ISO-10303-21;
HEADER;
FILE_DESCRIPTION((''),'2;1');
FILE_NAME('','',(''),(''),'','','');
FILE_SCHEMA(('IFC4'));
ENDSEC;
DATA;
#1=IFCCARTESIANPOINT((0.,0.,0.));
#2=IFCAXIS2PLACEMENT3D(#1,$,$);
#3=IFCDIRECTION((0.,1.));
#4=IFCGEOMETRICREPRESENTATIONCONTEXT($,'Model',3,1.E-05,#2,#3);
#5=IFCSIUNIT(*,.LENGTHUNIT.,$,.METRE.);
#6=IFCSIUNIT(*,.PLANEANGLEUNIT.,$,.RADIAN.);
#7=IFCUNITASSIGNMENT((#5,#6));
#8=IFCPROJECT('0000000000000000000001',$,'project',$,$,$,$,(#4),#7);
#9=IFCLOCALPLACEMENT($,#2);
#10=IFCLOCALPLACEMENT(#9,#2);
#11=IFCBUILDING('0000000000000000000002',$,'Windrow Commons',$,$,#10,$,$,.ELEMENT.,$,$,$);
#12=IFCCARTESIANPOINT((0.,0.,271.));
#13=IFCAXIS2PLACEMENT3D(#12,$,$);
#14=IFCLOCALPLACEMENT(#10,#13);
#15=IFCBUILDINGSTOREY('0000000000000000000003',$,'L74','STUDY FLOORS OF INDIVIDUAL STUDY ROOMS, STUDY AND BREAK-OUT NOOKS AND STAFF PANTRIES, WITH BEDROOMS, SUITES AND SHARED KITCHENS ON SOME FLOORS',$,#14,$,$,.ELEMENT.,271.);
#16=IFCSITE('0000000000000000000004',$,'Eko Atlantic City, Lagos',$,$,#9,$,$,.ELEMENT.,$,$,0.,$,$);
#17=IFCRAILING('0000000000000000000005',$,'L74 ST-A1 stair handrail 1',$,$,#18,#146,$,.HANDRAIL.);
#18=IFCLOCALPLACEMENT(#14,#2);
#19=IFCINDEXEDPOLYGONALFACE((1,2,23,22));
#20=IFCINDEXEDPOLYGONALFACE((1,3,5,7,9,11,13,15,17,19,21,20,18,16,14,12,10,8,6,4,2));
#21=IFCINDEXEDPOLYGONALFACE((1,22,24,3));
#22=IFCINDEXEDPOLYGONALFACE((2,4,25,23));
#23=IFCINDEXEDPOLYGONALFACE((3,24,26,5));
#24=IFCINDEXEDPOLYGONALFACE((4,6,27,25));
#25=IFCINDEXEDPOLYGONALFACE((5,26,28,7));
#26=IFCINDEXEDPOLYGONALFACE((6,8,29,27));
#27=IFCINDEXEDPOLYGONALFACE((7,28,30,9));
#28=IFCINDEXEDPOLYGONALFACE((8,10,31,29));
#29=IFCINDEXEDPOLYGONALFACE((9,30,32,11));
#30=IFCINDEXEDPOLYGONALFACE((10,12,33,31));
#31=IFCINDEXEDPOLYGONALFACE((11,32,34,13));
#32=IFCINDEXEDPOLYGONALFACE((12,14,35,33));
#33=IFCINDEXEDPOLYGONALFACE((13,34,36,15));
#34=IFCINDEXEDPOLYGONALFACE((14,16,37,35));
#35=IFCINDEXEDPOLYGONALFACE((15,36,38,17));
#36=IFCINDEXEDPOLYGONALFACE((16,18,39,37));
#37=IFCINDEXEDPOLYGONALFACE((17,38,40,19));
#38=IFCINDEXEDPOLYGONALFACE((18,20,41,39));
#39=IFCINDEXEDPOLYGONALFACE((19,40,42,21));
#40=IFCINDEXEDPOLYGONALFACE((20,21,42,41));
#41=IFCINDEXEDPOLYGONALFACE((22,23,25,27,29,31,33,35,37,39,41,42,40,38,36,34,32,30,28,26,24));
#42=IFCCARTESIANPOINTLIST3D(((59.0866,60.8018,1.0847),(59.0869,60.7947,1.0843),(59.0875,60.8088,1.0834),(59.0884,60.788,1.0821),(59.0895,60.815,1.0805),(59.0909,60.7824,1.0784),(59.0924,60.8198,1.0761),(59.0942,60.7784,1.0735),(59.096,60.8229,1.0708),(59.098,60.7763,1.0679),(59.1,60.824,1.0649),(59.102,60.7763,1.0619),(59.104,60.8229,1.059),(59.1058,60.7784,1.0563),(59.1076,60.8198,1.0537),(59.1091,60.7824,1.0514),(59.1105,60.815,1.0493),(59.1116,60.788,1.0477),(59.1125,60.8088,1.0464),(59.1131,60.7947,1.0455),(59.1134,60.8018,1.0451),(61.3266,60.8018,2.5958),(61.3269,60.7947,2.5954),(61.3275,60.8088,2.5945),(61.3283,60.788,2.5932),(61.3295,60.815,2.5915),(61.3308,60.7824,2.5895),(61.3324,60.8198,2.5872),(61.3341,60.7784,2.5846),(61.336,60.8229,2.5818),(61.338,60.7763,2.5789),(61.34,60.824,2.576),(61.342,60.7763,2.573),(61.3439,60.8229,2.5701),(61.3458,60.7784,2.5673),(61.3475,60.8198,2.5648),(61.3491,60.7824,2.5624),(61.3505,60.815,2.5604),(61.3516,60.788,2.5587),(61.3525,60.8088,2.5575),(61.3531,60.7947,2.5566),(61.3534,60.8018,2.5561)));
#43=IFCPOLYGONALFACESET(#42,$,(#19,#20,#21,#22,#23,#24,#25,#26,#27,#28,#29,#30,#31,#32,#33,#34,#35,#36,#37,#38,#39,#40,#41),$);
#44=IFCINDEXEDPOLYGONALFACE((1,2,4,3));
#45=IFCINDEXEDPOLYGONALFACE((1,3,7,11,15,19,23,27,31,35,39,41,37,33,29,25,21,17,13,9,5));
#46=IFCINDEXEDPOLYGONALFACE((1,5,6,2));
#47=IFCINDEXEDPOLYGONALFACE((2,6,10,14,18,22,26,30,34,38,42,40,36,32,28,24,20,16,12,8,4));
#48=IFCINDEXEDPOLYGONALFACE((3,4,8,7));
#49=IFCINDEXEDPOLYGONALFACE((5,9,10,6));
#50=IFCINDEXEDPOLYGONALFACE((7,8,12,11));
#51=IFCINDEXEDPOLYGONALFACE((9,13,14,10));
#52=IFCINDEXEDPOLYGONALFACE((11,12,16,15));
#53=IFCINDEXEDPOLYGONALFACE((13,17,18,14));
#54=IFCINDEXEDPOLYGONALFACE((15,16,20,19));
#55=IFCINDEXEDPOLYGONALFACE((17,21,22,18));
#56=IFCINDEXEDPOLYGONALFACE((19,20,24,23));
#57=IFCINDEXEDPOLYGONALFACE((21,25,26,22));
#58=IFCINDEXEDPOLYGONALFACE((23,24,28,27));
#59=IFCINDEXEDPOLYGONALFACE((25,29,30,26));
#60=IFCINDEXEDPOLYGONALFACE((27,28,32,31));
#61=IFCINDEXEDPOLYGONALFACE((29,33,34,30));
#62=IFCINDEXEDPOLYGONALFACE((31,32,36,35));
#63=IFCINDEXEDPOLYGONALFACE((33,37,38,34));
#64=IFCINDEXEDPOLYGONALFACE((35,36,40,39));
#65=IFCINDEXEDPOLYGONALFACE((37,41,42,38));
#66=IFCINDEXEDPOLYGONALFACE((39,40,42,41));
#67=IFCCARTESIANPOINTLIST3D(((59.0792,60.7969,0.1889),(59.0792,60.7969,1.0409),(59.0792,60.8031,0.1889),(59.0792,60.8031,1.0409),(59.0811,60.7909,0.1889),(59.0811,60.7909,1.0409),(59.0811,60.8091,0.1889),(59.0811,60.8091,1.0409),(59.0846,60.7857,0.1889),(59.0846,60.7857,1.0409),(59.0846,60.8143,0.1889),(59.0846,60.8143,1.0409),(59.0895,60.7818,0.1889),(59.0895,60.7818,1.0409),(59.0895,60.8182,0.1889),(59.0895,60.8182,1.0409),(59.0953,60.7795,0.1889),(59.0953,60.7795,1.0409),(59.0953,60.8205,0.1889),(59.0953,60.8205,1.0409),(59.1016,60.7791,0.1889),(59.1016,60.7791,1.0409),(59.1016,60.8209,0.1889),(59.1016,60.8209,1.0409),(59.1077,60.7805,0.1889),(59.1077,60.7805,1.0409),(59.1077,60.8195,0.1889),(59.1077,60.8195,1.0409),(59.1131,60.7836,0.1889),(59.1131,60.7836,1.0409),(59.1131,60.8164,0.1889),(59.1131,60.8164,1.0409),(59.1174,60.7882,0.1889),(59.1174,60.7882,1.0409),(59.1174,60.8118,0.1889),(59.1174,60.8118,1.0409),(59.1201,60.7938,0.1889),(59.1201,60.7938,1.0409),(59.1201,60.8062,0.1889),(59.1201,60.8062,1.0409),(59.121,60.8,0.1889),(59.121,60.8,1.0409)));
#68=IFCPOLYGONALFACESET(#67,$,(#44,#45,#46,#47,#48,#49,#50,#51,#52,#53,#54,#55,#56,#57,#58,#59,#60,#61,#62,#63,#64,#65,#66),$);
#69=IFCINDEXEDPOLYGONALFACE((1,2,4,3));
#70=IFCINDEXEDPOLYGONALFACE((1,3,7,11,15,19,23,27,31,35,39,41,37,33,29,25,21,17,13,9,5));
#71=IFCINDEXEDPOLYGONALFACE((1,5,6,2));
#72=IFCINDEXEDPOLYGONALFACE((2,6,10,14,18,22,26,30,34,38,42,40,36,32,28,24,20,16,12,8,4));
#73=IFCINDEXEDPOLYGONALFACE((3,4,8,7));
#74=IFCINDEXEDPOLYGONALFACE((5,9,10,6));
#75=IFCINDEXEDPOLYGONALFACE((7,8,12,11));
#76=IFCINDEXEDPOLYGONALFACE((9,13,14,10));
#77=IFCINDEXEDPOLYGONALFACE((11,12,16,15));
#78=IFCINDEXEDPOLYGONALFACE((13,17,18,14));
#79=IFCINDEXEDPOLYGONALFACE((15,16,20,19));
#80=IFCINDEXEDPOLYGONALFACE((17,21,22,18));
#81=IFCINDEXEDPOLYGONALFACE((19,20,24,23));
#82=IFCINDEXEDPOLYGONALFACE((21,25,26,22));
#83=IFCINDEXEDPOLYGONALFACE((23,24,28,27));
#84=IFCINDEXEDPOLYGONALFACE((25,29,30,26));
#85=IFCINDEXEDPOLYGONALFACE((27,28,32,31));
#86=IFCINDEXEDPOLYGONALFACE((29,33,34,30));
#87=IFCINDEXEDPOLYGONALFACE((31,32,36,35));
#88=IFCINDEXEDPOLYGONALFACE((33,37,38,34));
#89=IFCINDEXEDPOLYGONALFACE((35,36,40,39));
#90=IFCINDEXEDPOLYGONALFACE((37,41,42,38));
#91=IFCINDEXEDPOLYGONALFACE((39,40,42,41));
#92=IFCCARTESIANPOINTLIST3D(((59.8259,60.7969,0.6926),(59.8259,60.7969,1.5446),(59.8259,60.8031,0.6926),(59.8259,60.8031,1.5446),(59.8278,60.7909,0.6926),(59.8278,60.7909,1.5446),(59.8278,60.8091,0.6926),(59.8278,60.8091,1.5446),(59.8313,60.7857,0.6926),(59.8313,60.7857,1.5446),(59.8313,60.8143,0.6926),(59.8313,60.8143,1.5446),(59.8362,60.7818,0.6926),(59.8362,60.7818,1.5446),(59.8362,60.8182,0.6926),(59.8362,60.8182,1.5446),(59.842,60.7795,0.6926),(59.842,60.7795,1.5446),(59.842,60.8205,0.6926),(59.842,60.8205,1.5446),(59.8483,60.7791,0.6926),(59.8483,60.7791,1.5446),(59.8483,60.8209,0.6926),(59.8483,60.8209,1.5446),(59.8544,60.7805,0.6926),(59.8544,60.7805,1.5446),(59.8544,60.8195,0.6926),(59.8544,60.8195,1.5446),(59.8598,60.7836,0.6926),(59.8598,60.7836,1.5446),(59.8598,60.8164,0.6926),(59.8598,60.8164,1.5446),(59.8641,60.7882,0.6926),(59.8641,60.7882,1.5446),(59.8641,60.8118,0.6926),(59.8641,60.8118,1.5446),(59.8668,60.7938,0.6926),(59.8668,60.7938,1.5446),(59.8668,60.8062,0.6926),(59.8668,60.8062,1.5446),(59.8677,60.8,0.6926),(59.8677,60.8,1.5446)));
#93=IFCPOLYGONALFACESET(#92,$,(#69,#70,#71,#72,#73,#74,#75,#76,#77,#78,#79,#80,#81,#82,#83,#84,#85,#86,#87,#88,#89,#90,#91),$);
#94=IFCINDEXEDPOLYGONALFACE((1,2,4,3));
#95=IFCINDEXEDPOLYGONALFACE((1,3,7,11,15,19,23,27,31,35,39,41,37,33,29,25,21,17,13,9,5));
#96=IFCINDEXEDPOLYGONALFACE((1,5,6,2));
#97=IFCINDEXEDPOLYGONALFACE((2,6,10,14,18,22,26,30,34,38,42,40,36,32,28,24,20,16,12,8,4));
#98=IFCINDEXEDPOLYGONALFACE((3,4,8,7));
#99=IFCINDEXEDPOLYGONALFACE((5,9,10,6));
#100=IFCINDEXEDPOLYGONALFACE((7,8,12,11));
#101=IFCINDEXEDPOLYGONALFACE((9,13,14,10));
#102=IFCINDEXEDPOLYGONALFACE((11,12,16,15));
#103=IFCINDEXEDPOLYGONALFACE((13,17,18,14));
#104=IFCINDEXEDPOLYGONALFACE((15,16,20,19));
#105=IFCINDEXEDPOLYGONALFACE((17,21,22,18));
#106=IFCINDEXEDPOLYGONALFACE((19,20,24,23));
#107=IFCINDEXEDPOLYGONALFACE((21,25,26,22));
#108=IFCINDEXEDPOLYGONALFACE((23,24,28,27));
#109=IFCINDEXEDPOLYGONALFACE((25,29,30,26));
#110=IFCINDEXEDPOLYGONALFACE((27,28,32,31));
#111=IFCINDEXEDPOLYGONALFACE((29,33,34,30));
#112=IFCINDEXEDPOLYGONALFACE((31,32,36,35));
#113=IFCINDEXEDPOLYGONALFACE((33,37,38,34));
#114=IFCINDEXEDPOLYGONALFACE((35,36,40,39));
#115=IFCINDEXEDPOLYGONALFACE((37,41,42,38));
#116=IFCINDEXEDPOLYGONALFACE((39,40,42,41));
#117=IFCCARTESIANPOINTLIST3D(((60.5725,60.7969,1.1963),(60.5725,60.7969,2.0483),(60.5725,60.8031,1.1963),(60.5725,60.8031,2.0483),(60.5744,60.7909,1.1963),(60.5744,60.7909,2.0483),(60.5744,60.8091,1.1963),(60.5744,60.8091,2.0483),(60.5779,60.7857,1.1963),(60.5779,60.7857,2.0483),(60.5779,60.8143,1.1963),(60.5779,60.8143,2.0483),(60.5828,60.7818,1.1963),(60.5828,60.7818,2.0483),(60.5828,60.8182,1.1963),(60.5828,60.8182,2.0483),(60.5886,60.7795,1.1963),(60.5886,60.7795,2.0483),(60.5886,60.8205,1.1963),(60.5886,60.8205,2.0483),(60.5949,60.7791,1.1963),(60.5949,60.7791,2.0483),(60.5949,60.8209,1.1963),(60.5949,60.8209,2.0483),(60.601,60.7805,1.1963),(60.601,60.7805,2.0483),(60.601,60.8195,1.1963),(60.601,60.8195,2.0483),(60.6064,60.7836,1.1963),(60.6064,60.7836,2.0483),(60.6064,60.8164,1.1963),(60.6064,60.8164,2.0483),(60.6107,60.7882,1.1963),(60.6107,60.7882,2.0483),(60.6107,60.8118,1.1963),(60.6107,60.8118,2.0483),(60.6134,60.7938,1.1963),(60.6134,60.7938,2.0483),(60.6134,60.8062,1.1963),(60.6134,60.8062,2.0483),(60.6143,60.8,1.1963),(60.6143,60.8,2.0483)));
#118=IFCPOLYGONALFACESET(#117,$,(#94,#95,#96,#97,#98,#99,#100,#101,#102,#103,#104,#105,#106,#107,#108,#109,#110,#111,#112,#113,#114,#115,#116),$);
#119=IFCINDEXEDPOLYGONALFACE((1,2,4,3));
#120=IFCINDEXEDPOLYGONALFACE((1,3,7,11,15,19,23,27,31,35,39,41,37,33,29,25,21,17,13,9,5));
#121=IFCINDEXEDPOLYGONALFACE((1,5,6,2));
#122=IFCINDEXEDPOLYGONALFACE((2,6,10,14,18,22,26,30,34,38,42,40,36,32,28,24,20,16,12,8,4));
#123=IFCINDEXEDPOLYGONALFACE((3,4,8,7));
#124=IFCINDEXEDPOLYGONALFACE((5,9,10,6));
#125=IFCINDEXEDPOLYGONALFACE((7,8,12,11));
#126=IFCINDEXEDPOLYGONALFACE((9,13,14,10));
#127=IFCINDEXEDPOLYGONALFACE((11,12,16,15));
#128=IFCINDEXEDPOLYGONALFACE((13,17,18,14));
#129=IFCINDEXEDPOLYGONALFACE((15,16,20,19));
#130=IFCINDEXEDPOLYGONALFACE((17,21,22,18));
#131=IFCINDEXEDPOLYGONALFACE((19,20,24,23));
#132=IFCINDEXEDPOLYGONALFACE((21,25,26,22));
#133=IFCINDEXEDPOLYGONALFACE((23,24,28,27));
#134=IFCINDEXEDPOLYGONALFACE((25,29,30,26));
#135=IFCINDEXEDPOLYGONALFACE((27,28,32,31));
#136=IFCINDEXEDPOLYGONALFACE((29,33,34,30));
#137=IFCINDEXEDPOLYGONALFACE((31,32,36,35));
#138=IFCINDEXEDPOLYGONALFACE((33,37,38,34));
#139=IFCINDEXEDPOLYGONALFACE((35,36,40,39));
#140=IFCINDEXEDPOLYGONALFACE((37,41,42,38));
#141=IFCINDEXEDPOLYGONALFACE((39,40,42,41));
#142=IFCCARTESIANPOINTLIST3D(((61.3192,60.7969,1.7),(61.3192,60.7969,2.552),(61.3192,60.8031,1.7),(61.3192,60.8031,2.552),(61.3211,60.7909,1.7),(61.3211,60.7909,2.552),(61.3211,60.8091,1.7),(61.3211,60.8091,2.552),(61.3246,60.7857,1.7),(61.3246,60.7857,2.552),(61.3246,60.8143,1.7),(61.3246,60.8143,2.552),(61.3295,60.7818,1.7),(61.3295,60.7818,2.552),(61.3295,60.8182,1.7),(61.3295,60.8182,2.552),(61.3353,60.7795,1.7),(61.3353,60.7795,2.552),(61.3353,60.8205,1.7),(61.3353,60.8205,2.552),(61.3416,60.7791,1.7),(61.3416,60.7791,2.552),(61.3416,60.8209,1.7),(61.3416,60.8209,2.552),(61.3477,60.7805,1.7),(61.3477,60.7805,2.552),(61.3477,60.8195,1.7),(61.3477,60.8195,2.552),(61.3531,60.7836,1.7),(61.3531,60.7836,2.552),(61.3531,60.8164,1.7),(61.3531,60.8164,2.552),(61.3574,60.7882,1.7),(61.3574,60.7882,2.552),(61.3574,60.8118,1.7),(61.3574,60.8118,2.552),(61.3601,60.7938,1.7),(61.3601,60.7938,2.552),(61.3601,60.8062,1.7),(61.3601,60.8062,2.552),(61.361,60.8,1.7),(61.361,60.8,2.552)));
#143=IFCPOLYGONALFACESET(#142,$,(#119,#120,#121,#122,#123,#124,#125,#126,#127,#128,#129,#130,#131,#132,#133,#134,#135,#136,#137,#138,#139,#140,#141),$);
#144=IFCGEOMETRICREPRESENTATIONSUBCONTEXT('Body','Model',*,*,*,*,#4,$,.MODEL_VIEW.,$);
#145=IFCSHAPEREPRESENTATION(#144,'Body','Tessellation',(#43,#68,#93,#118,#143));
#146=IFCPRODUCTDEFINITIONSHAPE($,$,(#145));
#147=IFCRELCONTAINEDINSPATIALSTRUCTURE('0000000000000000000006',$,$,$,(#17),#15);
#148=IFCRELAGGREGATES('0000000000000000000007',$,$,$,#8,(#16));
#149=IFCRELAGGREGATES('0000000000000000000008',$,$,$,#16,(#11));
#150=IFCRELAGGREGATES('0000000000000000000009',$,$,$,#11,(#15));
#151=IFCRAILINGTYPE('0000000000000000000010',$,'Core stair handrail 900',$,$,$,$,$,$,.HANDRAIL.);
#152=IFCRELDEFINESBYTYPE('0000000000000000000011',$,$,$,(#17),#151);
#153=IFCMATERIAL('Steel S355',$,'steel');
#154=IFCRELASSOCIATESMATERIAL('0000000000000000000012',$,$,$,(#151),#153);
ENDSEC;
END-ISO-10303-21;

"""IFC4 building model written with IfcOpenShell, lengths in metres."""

from ifc_helpers import new_model, si_unit, direction, frame, origin, origin_2d, place, context, subcontext, project, spatial, circle, extrude, material, type_object, element, save


model = new_model("IFC4")

# Units and contexts
model_context = context("Model", 3, precision=1e-05, world=origin(), true_north=direction((0.0, 1.0)))
body_context = subcontext(model_context, "Body", "Model", "MODEL_VIEW")
ifc_project = project(units=[si_unit("LENGTHUNIT", "METRE"), si_unit("PLANEANGLEUNIT", "RADIAN")], contexts=[model_context])

# Site, building, storey
site_placement = place(None, origin())
site = spatial("IfcSite", under=ifc_project, at=site_placement, Name="Eko Atlantic City, Lagos", CompositionType="ELEMENT", RefElevation=0.0)
building_placement = place(site_placement, origin())
building = spatial("IfcBuilding", under=site, at=building_placement, Name="Windrow Commons", CompositionType="ELEMENT")
storey_placement = place(building_placement, frame((0.0, 0.0, 271.0)))
storey = spatial("IfcBuildingStorey", under=building, at=storey_placement, Name="L74", Description="STUDY FLOORS OF INDIVIDUAL STUDY ROOMS, STUDY AND BREAK-OUT NOOKS AND STAFF PANTRIES, WITH BEDROOMS, SUITES AND SHARED KITCHENS ON SOME FLOORS", CompositionType="ELEMENT", Elevation=271.0)

# Railing
ifc_material_1 = material(Name="Steel S355", Category="steel")
railing_type = type_object("IfcRailingType", Name="Core stair handrail 900", PredefinedType="HANDRAIL", material=ifc_material_1)
railing_placement = place(storey_placement, frame((59.1, 60.8, 0.1889)))
element("IfcRailing", 1, at=railing_placement, inside=storey, type_object=railing_type, Name="L74 ST-A1 stair handrail 1", PredefinedType="HANDRAIL", context=body_context, shape_type="SweptSolid", body=[
    extrude(circle(Radius=0.024, at=origin_2d()), frame((0.0, 0.0, 0.876), z_axis=(0.829003, 0.0, 0.559244), x_axis=(0.0, 1.0, 0.0)), (0.0, 0.0, 1.0), 2.702),
    extrude(circle(Radius=0.021, at=origin_2d()), origin(), (0.0, 0.0, 1.0), 0.852),
    extrude(circle(Radius=0.021, at=origin_2d()), frame((0.7467, 0.0, 0.5037)), (0.0, 0.0, 1.0), 0.852),
    extrude(circle(Radius=0.021, at=origin_2d()), frame((1.4933, 0.0, 1.0074)), (0.0, 0.0, 1.0), 0.852),
    extrude(circle(Radius=0.021, at=origin_2d()), frame((2.24, 0.0, 1.5111)), (0.0, 0.0, 1.0), 0.852),
])

save(model, "model.ifc")
